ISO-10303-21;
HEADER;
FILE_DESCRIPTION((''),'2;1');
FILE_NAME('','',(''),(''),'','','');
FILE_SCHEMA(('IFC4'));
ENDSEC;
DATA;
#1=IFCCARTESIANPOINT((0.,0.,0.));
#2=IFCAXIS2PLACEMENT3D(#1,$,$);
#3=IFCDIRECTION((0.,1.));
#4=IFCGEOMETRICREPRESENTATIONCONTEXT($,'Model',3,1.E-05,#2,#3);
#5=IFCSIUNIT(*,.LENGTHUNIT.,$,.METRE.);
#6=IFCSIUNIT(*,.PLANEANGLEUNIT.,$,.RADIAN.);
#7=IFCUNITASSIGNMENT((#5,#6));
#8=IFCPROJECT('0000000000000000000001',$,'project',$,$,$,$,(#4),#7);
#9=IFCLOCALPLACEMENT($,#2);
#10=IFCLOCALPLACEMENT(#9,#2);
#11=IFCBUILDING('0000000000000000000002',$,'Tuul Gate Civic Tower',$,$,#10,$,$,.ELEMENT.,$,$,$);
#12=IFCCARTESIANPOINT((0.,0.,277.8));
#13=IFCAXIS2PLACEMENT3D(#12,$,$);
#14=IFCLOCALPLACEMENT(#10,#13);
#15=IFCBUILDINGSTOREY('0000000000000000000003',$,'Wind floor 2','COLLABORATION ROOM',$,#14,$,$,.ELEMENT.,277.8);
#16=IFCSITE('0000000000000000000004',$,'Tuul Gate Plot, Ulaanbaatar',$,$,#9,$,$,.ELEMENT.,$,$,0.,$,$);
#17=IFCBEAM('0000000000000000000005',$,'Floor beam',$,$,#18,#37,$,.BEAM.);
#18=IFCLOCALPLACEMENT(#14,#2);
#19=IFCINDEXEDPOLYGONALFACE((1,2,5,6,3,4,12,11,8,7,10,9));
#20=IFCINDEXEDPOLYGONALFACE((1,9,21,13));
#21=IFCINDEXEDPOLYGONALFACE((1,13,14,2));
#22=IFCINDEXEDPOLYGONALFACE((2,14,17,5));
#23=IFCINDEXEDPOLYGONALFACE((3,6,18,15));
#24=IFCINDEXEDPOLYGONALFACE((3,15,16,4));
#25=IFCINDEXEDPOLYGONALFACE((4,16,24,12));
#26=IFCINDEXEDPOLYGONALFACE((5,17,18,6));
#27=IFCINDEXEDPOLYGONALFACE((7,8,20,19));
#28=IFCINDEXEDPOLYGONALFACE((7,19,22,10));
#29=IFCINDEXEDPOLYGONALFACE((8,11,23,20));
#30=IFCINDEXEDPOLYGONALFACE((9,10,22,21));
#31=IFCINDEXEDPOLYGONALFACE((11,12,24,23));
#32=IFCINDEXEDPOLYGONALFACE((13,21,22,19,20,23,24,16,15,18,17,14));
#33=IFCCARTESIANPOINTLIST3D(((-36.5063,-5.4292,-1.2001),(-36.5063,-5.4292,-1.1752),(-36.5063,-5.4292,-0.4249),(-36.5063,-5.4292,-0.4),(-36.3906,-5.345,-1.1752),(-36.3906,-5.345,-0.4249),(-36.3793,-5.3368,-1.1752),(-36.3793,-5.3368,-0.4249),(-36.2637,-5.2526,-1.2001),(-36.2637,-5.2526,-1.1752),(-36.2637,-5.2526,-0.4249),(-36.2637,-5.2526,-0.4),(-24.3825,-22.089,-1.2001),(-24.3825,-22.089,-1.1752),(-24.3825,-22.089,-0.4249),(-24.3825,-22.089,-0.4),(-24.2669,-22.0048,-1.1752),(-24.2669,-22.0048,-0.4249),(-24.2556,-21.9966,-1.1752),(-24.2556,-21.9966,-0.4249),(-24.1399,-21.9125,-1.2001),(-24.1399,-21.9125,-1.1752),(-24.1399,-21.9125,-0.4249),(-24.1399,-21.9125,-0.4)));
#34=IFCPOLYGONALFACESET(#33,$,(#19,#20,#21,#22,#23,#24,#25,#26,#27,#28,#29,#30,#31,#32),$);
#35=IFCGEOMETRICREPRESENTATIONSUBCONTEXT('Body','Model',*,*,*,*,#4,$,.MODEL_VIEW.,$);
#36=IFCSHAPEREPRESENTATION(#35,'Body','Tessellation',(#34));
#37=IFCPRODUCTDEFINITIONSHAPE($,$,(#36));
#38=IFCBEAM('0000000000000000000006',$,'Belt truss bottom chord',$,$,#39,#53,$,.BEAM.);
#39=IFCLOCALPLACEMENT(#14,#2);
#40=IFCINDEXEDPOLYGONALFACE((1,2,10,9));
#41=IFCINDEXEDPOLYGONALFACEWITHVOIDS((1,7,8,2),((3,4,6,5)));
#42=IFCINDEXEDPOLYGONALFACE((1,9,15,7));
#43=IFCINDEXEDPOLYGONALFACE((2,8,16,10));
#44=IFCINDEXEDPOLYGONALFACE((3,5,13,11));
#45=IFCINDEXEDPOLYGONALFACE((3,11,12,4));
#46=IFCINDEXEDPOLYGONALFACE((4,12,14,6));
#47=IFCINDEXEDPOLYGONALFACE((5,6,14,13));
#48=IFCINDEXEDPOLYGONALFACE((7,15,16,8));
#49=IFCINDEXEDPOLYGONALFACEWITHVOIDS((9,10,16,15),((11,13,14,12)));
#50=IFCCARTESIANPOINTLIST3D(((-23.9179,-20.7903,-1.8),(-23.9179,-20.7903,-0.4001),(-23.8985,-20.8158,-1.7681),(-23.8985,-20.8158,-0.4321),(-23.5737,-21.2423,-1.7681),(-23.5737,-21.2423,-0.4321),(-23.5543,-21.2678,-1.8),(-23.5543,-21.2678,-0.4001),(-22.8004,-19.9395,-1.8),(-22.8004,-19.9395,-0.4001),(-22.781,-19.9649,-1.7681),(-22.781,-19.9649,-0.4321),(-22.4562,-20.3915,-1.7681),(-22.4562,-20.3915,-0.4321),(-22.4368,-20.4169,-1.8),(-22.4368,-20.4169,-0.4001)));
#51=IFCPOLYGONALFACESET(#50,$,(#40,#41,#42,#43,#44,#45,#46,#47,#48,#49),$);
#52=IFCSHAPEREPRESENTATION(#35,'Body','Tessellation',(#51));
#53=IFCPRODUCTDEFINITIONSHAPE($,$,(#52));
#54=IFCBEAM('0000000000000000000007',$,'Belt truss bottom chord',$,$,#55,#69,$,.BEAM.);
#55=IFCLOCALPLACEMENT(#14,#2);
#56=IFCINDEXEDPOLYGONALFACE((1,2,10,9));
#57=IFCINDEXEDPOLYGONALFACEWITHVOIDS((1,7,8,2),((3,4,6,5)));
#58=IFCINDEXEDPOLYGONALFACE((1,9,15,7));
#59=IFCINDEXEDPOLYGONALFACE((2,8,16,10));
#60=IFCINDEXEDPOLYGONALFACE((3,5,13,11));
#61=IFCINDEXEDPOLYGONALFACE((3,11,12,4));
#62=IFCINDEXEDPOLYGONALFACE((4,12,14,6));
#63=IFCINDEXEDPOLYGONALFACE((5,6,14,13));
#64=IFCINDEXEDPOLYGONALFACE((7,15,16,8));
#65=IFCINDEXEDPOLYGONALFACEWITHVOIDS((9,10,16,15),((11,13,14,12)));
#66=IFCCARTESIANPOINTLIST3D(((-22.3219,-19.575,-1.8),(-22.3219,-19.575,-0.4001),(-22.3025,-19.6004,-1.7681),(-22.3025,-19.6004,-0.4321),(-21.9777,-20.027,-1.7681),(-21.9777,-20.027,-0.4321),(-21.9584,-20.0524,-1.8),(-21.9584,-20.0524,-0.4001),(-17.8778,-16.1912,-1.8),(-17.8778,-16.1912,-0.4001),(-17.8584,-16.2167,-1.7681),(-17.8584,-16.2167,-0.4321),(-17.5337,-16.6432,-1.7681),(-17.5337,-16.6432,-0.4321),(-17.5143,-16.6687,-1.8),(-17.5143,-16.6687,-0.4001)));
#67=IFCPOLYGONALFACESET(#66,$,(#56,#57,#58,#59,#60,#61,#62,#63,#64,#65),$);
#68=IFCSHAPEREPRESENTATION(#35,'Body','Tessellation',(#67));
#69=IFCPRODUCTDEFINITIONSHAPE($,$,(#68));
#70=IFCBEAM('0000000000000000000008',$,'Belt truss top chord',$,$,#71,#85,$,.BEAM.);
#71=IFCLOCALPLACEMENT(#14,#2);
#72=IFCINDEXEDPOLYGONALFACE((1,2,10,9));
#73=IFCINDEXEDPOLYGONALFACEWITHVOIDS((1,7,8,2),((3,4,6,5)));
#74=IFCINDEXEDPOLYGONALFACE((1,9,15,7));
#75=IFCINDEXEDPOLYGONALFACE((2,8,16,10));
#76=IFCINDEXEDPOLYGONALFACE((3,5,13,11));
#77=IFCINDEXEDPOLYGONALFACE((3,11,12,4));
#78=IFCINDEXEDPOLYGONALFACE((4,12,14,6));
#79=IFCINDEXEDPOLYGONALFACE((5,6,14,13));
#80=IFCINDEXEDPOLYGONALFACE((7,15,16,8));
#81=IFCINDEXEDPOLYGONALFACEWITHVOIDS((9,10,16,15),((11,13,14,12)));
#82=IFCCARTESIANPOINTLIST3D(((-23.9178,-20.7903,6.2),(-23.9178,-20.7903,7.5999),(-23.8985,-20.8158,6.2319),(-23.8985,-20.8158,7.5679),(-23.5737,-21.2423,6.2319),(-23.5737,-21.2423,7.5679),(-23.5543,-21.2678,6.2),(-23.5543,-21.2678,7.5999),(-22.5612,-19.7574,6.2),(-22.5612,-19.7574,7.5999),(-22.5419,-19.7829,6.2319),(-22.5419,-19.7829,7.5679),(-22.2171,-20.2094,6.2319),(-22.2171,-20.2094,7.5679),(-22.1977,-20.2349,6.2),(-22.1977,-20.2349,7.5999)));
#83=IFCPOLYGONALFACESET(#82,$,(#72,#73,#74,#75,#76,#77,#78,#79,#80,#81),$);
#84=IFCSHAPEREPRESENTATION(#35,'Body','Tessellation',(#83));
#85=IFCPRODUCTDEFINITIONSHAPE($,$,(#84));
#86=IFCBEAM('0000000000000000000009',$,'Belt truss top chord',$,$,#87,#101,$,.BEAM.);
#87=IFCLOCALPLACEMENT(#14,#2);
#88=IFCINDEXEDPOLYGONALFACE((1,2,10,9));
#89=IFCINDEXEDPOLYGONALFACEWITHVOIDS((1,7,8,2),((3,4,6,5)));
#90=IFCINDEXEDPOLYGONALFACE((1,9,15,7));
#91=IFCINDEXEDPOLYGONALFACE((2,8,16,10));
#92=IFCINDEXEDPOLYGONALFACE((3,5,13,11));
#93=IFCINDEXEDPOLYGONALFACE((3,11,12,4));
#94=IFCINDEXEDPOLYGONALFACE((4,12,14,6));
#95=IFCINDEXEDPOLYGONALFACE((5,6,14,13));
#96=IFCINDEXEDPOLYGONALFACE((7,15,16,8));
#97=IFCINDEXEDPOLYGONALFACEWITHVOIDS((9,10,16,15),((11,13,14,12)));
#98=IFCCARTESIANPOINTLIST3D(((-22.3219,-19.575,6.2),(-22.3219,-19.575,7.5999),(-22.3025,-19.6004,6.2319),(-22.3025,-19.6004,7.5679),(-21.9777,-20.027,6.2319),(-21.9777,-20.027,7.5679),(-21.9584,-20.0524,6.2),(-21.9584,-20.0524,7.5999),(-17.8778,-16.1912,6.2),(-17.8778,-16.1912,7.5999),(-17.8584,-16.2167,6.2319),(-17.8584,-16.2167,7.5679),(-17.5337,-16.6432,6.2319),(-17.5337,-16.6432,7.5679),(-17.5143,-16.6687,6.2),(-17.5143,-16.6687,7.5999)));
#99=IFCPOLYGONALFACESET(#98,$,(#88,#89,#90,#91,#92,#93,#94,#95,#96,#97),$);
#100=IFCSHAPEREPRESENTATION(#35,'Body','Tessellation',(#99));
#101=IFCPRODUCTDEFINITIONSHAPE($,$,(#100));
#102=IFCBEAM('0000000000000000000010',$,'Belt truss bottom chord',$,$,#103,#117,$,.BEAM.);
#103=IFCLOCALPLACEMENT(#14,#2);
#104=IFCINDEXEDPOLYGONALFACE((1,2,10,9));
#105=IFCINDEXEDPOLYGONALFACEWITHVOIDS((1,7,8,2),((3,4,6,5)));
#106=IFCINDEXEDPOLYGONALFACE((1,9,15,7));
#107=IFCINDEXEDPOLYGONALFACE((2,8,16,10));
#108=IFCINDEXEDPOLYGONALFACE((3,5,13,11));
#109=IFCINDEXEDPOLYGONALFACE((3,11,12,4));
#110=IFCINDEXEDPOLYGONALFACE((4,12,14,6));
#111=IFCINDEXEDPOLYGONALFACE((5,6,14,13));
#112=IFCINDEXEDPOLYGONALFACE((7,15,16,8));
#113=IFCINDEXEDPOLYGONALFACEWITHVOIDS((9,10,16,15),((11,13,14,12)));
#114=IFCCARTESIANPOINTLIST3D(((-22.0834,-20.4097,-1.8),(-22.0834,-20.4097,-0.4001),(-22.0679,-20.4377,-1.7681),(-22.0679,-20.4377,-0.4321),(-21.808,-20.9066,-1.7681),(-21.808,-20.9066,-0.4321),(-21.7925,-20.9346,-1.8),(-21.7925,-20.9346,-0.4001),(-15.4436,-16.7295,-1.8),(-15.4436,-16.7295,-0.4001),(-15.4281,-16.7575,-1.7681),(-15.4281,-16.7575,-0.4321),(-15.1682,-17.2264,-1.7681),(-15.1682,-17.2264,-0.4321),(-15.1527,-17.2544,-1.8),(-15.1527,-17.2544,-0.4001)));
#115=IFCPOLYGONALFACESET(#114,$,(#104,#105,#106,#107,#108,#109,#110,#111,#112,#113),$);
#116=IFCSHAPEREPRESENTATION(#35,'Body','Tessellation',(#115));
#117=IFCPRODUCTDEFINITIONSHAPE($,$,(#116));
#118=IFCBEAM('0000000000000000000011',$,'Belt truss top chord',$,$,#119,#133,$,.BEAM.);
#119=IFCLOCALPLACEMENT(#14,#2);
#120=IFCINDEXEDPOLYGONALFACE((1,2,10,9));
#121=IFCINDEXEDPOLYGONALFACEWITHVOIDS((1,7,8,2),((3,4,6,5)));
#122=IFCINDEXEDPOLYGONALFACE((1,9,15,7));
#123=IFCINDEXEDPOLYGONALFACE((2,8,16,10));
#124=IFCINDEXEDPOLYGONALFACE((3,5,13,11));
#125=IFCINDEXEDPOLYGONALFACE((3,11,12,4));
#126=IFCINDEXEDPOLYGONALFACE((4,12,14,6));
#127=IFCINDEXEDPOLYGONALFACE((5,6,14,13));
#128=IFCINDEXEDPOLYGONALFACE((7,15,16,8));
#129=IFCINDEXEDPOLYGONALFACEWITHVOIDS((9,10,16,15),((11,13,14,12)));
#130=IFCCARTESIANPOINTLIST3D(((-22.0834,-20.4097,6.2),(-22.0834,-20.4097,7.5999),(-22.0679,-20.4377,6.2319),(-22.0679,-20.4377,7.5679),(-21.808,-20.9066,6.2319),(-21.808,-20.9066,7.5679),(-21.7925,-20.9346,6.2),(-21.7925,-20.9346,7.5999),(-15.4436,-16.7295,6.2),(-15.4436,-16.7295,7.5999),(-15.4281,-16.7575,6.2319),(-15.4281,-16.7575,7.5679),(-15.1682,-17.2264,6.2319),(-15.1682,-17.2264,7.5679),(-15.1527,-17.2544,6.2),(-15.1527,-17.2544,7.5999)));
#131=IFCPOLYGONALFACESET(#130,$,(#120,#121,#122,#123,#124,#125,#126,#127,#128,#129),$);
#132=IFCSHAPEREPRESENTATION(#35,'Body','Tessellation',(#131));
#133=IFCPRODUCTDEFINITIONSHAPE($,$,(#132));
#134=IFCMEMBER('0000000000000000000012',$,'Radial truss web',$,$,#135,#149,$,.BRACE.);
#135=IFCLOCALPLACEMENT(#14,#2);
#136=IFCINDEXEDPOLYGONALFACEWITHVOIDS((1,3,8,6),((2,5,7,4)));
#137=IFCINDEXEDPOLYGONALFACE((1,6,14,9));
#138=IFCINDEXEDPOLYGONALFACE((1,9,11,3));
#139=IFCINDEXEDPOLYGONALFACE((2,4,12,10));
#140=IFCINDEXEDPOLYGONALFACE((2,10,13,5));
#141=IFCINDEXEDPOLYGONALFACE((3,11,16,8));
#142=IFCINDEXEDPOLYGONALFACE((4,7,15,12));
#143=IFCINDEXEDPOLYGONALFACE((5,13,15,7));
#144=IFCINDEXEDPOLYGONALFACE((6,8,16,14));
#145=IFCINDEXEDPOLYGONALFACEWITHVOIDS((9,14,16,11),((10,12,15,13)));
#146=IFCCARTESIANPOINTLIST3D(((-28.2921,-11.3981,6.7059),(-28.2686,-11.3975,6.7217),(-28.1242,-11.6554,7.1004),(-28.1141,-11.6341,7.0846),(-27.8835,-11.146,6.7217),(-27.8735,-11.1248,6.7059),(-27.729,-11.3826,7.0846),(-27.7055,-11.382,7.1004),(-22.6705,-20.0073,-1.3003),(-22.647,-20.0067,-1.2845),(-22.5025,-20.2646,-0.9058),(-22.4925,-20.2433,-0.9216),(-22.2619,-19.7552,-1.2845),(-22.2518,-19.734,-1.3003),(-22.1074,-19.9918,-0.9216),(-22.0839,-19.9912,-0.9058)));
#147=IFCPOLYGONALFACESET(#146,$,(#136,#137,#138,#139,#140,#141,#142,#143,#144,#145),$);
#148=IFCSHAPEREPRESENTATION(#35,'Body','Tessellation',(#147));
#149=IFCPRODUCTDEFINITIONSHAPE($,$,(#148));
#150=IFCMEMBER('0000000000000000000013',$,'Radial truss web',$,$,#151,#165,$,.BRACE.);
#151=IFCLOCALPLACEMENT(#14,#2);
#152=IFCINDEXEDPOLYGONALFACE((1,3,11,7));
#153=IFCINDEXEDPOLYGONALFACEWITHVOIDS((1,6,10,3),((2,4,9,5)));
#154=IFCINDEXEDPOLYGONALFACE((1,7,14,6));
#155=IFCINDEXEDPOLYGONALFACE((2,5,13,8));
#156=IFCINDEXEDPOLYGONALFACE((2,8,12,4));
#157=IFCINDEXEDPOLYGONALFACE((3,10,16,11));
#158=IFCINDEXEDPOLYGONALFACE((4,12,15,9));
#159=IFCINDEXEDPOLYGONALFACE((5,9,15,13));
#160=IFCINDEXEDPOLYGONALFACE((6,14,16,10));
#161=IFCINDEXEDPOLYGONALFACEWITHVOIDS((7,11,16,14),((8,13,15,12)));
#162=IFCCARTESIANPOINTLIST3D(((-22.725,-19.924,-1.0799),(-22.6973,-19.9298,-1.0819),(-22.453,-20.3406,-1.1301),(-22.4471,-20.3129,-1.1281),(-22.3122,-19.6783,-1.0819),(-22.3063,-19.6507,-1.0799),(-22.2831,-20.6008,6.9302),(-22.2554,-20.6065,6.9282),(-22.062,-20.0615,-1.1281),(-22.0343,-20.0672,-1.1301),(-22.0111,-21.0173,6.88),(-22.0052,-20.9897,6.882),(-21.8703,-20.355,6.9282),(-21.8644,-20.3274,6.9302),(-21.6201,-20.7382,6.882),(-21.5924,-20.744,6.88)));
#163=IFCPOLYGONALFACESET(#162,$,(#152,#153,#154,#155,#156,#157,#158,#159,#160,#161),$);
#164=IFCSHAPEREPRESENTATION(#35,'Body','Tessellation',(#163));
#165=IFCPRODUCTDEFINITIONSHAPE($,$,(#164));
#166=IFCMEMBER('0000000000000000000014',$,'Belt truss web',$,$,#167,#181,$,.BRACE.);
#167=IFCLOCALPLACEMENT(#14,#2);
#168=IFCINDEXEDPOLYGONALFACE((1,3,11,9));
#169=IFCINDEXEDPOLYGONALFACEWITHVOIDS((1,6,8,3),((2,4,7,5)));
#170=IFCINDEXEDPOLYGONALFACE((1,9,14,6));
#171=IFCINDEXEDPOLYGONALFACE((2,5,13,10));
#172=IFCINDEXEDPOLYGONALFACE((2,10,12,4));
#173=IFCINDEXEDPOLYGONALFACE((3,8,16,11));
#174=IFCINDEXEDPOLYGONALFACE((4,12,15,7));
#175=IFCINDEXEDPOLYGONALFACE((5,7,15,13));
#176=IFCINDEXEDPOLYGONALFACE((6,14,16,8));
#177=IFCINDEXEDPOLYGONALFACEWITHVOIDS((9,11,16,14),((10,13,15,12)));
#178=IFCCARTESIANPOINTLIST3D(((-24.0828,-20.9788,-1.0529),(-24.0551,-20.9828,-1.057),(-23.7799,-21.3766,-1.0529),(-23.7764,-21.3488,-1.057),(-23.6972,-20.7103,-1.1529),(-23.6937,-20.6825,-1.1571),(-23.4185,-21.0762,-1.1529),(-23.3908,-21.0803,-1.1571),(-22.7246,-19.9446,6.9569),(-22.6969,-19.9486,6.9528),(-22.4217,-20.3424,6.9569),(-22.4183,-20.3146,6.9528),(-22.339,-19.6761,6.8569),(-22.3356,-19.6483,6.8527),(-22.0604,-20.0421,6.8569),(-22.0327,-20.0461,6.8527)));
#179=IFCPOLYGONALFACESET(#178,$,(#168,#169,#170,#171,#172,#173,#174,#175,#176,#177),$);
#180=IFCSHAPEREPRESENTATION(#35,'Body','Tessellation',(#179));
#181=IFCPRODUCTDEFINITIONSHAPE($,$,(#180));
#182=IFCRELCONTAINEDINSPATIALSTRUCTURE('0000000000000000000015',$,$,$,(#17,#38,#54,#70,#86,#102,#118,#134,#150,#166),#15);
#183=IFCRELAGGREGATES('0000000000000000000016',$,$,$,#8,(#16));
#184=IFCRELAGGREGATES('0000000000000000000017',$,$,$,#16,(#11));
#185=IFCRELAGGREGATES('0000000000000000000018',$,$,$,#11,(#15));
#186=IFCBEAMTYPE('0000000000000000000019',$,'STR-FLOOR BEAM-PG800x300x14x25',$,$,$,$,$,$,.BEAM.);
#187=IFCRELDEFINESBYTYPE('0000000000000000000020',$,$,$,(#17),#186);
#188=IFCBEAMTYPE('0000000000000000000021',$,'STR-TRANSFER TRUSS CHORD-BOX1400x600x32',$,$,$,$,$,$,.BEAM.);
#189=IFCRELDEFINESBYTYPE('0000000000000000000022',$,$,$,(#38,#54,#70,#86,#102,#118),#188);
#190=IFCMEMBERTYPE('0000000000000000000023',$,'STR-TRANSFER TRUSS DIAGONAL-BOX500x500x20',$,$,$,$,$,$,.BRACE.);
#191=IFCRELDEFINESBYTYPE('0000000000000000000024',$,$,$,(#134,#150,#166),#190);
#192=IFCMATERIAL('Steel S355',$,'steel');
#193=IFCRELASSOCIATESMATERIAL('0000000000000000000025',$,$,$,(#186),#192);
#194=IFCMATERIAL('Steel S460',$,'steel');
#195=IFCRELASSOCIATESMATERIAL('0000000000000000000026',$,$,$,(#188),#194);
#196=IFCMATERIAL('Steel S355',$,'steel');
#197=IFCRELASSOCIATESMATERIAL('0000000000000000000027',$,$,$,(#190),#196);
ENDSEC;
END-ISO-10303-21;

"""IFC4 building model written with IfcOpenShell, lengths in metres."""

from ifc_helpers import new_model, si_unit, direction, frame, origin, origin_2d, place, context, subcontext, project, spatial, hollow_rectangle, i_section, extrude, material, material_profile, profile_set, type_object, element, save


model = new_model("IFC4")

# Units and contexts
model_context = context("Model", 3, precision=1e-05, world=origin(), true_north=direction((0.0, 1.0)))
body_context = subcontext(model_context, "Body", "Model", "MODEL_VIEW")
ifc_project = project(units=[si_unit("LENGTHUNIT", "METRE"), si_unit("PLANEANGLEUNIT", "RADIAN")], contexts=[model_context])

# Site, building, storey
site_placement = place(None, origin())
site = spatial("IfcSite", under=ifc_project, at=site_placement, Name="Tuul Gate Plot, Ulaanbaatar", CompositionType="ELEMENT", RefElevation=0.0)
building_placement = place(site_placement, origin())
building = spatial("IfcBuilding", under=site, at=building_placement, Name="Tuul Gate Civic Tower", CompositionType="ELEMENT")
storey_placement = place(building_placement, frame((0.0, 0.0, 277.8)))
storey = spatial("IfcBuildingStorey", under=building, at=storey_placement, Name="Wind floor 2", Description="COLLABORATION ROOM", CompositionType="ELEMENT", Elevation=277.8)

# Beams
ifc_material_1 = material(Name="Steel S355", Category="steel")
ifc_material_profile_1 = material_profile(ifc_material_1, i_section(OverallWidth=0.3, OverallDepth=0.8, WebThickness=0.0139, FlangeThickness=0.0249, at=origin_2d()), Name="PG800x300x14x25")
ifc_profile_set_1 = profile_set([ifc_material_profile_1], Name="Steel S355")
beam_type_1 = type_object("IfcBeamType", Name="STR-FLOOR BEAM-PG800x300x14x25", PredefinedType="BEAM", material=ifc_profile_set_1)
beam_1_placement = place(storey_placement, frame((-24.2612, -22.0007, -0.8), z_axis=(-0.588409, 0.808563, 0.0), x_axis=(-0.808563, -0.588409, 0.0)))
element("IfcBeam", 1, at=beam_1_placement, inside=storey, type_object=beam_type_1, Name="Floor beam", PredefinedType="BEAM", context=body_context, shape_type="SweptSolid", body=[
    extrude(i_section(OverallWidth=0.3, OverallDepth=0.8, WebThickness=0.0139, FlangeThickness=0.0249, at=origin_2d()), origin(), (0.0, 0.0, 1.0), 20.6042),
])
ifc_material_2 = material(Name="Steel S460", Category="steel")
ifc_material_profile_2 = material_profile(ifc_material_2, hollow_rectangle(XDim=0.6001, YDim=1.3999, WallThickness=0.032, at=origin_2d()), Name="BOX1400x600x32")
ifc_profile_set_2 = profile_set([ifc_material_profile_2], Name="Steel S460")
beam_type_2 = type_object("IfcBeamType", Name="STR-TRANSFER TRUSS CHORD-BOX1400x600x32", PredefinedType="BEAM", material=ifc_profile_set_2)
beam_2_placement = place(storey_placement, frame((-23.7361, -21.0291, -1.1001), z_axis=(0.795619, 0.605797, 0.0), x_axis=(-0.605797, 0.795619, 0.0)))
element("IfcBeam", 2, at=beam_2_placement, inside=storey, type_object=beam_type_2, Name="Belt truss bottom chord", PredefinedType="BEAM", context=body_context, shape_type="SweptSolid", body=[
    extrude(hollow_rectangle(XDim=0.6001, YDim=1.3999, WallThickness=0.032, at=origin_2d()), origin(), (0.0, 0.0, 1.0), 1.4045),
])
beam_3_placement = place(storey_placement, frame((-22.1401, -19.8137, -1.1001), z_axis=(0.79562, 0.605796, 0.0), x_axis=(-0.605796, 0.79562, 0.0)))
element("IfcBeam", 3, at=beam_3_placement, inside=storey, type_object=beam_type_2, Name="Belt truss bottom chord", PredefinedType="BEAM", context=body_context, shape_type="SweptSolid", body=[
    extrude(hollow_rectangle(XDim=0.6001, YDim=1.3999, WallThickness=0.032, at=origin_2d()), origin(), (0.0, 0.0, 1.0), 5.5857),
])
beam_4_placement = place(storey_placement, frame((-23.7361, -21.0291, 6.8999), z_axis=(0.795632, 0.60578, 0.0), x_axis=(-0.60578, 0.795632, 0.0)))
element("IfcBeam", 4, at=beam_4_placement, inside=storey, type_object=beam_type_2, Name="Belt truss top chord", PredefinedType="BEAM", context=body_context, shape_type="SweptSolid", body=[
    extrude(hollow_rectangle(XDim=0.6001, YDim=1.3999, WallThickness=0.032, at=origin_2d()), origin(), (0.0, 0.0, 1.0), 1.7051),
])
beam_5_placement = place(storey_placement, frame((-22.1401, -19.8137, 6.8999), z_axis=(0.79562, 0.605796, 0.0), x_axis=(-0.605796, 0.79562, 0.0)))
element("IfcBeam", 5, at=beam_5_placement, inside=storey, type_object=beam_type_2, Name="Belt truss top chord", PredefinedType="BEAM", context=body_context, shape_type="SweptSolid", body=[
    extrude(hollow_rectangle(XDim=0.6001, YDim=1.3999, WallThickness=0.032, at=origin_2d()), origin(), (0.0, 0.0, 1.0), 5.5857),
])
for number, where, z_axis, x_axis, name in (
    (6, (-21.938, -20.6721, -1.1001), (0.874641, 0.484772, 0.0), (-0.484772, 0.874641, 0.0), "Belt truss bottom chord"),
    (7, (-21.938, -20.6721, 6.8999), (0.874641, 0.484772, 0.0), (-0.484772, 0.874641, 0.0), "Belt truss top chord"),
):
    element("IfcBeam", number, at=place(storey_placement, frame(where, z_axis=z_axis, x_axis=x_axis)), inside=storey, type_object=beam_type_2, Name=name, PredefinedType="BEAM", context=body_context, shape_type="SweptSolid", body=[
        extrude(hollow_rectangle(XDim=0.6001, YDim=1.3999, WallThickness=0.032, at=origin_2d()), origin(), (0.0, 0.0, 1.0), 7.5916),
    ])

# Members
ifc_material_3 = material(Name="Steel S355", Category="steel")
ifc_material_profile_3 = material_profile(ifc_material_3, hollow_rectangle(XDim=0.5, YDim=0.5, WallThickness=0.02, at=origin_2d()), Name="BOX500x500x20")
ifc_profile_set_3 = profile_set([ifc_material_profile_3], Name="Steel S355")
member_type_1 = type_object("IfcMemberType", Name="STR-TRANSFER TRUSS DIAGONAL-BOX500x500x20", PredefinedType="BRACE", material=ifc_profile_set_3)
member_1_placement = place(storey_placement, frame((-22.3772, -19.9993, -1.103), z_axis=(-0.431388, 0.660646, 0.614371), x_axis=(-0.837302, -0.546741, 0.0)))
element("IfcMember", 8, at=member_1_placement, inside=storey, type_object=member_type_1, Name="Radial truss web", PredefinedType="BRACE", context=body_context, shape_type="SweptSolid", body=[
    extrude(hollow_rectangle(XDim=0.5, YDim=0.5, WallThickness=0.02, at=origin_2d()), origin(), (0.0, 0.0, 1.0), 13.0315),
])
member_2_placement = place(storey_placement, frame((-22.3796, -19.9956, -1.105), z_axis=(0.054889, -0.084062, 0.994948), x_axis=(0.83731, 0.546728, 0.0)))
element("IfcMember", 9, at=member_2_placement, inside=storey, type_object=member_type_1, Name="Radial truss web", PredefinedType="BRACE", context=body_context, shape_type="SweptSolid", body=[
    extrude(hollow_rectangle(XDim=0.5, YDim=0.5, WallThickness=0.02, at=origin_2d()), origin(), (0.0, 0.0, 1.0), 8.0508),
])
member_3_placement = place(storey_placement, frame((-23.7368, -21.0295, -1.105), z_axis=(0.165838, 0.126279, 0.978035), x_axis=(-0.605819, 0.795602, 0.0)))
element("IfcMember", 10, at=member_3_placement, inside=storey, type_object=member_type_1, Name="Belt truss web", PredefinedType="BRACE", context=body_context, shape_type="SweptSolid", body=[
    extrude(hollow_rectangle(XDim=0.5, YDim=0.5, WallThickness=0.02, at=origin_2d()), origin(), (0.0, 0.0, 1.0), 8.1897),
])

save(model, "model.ifc")
